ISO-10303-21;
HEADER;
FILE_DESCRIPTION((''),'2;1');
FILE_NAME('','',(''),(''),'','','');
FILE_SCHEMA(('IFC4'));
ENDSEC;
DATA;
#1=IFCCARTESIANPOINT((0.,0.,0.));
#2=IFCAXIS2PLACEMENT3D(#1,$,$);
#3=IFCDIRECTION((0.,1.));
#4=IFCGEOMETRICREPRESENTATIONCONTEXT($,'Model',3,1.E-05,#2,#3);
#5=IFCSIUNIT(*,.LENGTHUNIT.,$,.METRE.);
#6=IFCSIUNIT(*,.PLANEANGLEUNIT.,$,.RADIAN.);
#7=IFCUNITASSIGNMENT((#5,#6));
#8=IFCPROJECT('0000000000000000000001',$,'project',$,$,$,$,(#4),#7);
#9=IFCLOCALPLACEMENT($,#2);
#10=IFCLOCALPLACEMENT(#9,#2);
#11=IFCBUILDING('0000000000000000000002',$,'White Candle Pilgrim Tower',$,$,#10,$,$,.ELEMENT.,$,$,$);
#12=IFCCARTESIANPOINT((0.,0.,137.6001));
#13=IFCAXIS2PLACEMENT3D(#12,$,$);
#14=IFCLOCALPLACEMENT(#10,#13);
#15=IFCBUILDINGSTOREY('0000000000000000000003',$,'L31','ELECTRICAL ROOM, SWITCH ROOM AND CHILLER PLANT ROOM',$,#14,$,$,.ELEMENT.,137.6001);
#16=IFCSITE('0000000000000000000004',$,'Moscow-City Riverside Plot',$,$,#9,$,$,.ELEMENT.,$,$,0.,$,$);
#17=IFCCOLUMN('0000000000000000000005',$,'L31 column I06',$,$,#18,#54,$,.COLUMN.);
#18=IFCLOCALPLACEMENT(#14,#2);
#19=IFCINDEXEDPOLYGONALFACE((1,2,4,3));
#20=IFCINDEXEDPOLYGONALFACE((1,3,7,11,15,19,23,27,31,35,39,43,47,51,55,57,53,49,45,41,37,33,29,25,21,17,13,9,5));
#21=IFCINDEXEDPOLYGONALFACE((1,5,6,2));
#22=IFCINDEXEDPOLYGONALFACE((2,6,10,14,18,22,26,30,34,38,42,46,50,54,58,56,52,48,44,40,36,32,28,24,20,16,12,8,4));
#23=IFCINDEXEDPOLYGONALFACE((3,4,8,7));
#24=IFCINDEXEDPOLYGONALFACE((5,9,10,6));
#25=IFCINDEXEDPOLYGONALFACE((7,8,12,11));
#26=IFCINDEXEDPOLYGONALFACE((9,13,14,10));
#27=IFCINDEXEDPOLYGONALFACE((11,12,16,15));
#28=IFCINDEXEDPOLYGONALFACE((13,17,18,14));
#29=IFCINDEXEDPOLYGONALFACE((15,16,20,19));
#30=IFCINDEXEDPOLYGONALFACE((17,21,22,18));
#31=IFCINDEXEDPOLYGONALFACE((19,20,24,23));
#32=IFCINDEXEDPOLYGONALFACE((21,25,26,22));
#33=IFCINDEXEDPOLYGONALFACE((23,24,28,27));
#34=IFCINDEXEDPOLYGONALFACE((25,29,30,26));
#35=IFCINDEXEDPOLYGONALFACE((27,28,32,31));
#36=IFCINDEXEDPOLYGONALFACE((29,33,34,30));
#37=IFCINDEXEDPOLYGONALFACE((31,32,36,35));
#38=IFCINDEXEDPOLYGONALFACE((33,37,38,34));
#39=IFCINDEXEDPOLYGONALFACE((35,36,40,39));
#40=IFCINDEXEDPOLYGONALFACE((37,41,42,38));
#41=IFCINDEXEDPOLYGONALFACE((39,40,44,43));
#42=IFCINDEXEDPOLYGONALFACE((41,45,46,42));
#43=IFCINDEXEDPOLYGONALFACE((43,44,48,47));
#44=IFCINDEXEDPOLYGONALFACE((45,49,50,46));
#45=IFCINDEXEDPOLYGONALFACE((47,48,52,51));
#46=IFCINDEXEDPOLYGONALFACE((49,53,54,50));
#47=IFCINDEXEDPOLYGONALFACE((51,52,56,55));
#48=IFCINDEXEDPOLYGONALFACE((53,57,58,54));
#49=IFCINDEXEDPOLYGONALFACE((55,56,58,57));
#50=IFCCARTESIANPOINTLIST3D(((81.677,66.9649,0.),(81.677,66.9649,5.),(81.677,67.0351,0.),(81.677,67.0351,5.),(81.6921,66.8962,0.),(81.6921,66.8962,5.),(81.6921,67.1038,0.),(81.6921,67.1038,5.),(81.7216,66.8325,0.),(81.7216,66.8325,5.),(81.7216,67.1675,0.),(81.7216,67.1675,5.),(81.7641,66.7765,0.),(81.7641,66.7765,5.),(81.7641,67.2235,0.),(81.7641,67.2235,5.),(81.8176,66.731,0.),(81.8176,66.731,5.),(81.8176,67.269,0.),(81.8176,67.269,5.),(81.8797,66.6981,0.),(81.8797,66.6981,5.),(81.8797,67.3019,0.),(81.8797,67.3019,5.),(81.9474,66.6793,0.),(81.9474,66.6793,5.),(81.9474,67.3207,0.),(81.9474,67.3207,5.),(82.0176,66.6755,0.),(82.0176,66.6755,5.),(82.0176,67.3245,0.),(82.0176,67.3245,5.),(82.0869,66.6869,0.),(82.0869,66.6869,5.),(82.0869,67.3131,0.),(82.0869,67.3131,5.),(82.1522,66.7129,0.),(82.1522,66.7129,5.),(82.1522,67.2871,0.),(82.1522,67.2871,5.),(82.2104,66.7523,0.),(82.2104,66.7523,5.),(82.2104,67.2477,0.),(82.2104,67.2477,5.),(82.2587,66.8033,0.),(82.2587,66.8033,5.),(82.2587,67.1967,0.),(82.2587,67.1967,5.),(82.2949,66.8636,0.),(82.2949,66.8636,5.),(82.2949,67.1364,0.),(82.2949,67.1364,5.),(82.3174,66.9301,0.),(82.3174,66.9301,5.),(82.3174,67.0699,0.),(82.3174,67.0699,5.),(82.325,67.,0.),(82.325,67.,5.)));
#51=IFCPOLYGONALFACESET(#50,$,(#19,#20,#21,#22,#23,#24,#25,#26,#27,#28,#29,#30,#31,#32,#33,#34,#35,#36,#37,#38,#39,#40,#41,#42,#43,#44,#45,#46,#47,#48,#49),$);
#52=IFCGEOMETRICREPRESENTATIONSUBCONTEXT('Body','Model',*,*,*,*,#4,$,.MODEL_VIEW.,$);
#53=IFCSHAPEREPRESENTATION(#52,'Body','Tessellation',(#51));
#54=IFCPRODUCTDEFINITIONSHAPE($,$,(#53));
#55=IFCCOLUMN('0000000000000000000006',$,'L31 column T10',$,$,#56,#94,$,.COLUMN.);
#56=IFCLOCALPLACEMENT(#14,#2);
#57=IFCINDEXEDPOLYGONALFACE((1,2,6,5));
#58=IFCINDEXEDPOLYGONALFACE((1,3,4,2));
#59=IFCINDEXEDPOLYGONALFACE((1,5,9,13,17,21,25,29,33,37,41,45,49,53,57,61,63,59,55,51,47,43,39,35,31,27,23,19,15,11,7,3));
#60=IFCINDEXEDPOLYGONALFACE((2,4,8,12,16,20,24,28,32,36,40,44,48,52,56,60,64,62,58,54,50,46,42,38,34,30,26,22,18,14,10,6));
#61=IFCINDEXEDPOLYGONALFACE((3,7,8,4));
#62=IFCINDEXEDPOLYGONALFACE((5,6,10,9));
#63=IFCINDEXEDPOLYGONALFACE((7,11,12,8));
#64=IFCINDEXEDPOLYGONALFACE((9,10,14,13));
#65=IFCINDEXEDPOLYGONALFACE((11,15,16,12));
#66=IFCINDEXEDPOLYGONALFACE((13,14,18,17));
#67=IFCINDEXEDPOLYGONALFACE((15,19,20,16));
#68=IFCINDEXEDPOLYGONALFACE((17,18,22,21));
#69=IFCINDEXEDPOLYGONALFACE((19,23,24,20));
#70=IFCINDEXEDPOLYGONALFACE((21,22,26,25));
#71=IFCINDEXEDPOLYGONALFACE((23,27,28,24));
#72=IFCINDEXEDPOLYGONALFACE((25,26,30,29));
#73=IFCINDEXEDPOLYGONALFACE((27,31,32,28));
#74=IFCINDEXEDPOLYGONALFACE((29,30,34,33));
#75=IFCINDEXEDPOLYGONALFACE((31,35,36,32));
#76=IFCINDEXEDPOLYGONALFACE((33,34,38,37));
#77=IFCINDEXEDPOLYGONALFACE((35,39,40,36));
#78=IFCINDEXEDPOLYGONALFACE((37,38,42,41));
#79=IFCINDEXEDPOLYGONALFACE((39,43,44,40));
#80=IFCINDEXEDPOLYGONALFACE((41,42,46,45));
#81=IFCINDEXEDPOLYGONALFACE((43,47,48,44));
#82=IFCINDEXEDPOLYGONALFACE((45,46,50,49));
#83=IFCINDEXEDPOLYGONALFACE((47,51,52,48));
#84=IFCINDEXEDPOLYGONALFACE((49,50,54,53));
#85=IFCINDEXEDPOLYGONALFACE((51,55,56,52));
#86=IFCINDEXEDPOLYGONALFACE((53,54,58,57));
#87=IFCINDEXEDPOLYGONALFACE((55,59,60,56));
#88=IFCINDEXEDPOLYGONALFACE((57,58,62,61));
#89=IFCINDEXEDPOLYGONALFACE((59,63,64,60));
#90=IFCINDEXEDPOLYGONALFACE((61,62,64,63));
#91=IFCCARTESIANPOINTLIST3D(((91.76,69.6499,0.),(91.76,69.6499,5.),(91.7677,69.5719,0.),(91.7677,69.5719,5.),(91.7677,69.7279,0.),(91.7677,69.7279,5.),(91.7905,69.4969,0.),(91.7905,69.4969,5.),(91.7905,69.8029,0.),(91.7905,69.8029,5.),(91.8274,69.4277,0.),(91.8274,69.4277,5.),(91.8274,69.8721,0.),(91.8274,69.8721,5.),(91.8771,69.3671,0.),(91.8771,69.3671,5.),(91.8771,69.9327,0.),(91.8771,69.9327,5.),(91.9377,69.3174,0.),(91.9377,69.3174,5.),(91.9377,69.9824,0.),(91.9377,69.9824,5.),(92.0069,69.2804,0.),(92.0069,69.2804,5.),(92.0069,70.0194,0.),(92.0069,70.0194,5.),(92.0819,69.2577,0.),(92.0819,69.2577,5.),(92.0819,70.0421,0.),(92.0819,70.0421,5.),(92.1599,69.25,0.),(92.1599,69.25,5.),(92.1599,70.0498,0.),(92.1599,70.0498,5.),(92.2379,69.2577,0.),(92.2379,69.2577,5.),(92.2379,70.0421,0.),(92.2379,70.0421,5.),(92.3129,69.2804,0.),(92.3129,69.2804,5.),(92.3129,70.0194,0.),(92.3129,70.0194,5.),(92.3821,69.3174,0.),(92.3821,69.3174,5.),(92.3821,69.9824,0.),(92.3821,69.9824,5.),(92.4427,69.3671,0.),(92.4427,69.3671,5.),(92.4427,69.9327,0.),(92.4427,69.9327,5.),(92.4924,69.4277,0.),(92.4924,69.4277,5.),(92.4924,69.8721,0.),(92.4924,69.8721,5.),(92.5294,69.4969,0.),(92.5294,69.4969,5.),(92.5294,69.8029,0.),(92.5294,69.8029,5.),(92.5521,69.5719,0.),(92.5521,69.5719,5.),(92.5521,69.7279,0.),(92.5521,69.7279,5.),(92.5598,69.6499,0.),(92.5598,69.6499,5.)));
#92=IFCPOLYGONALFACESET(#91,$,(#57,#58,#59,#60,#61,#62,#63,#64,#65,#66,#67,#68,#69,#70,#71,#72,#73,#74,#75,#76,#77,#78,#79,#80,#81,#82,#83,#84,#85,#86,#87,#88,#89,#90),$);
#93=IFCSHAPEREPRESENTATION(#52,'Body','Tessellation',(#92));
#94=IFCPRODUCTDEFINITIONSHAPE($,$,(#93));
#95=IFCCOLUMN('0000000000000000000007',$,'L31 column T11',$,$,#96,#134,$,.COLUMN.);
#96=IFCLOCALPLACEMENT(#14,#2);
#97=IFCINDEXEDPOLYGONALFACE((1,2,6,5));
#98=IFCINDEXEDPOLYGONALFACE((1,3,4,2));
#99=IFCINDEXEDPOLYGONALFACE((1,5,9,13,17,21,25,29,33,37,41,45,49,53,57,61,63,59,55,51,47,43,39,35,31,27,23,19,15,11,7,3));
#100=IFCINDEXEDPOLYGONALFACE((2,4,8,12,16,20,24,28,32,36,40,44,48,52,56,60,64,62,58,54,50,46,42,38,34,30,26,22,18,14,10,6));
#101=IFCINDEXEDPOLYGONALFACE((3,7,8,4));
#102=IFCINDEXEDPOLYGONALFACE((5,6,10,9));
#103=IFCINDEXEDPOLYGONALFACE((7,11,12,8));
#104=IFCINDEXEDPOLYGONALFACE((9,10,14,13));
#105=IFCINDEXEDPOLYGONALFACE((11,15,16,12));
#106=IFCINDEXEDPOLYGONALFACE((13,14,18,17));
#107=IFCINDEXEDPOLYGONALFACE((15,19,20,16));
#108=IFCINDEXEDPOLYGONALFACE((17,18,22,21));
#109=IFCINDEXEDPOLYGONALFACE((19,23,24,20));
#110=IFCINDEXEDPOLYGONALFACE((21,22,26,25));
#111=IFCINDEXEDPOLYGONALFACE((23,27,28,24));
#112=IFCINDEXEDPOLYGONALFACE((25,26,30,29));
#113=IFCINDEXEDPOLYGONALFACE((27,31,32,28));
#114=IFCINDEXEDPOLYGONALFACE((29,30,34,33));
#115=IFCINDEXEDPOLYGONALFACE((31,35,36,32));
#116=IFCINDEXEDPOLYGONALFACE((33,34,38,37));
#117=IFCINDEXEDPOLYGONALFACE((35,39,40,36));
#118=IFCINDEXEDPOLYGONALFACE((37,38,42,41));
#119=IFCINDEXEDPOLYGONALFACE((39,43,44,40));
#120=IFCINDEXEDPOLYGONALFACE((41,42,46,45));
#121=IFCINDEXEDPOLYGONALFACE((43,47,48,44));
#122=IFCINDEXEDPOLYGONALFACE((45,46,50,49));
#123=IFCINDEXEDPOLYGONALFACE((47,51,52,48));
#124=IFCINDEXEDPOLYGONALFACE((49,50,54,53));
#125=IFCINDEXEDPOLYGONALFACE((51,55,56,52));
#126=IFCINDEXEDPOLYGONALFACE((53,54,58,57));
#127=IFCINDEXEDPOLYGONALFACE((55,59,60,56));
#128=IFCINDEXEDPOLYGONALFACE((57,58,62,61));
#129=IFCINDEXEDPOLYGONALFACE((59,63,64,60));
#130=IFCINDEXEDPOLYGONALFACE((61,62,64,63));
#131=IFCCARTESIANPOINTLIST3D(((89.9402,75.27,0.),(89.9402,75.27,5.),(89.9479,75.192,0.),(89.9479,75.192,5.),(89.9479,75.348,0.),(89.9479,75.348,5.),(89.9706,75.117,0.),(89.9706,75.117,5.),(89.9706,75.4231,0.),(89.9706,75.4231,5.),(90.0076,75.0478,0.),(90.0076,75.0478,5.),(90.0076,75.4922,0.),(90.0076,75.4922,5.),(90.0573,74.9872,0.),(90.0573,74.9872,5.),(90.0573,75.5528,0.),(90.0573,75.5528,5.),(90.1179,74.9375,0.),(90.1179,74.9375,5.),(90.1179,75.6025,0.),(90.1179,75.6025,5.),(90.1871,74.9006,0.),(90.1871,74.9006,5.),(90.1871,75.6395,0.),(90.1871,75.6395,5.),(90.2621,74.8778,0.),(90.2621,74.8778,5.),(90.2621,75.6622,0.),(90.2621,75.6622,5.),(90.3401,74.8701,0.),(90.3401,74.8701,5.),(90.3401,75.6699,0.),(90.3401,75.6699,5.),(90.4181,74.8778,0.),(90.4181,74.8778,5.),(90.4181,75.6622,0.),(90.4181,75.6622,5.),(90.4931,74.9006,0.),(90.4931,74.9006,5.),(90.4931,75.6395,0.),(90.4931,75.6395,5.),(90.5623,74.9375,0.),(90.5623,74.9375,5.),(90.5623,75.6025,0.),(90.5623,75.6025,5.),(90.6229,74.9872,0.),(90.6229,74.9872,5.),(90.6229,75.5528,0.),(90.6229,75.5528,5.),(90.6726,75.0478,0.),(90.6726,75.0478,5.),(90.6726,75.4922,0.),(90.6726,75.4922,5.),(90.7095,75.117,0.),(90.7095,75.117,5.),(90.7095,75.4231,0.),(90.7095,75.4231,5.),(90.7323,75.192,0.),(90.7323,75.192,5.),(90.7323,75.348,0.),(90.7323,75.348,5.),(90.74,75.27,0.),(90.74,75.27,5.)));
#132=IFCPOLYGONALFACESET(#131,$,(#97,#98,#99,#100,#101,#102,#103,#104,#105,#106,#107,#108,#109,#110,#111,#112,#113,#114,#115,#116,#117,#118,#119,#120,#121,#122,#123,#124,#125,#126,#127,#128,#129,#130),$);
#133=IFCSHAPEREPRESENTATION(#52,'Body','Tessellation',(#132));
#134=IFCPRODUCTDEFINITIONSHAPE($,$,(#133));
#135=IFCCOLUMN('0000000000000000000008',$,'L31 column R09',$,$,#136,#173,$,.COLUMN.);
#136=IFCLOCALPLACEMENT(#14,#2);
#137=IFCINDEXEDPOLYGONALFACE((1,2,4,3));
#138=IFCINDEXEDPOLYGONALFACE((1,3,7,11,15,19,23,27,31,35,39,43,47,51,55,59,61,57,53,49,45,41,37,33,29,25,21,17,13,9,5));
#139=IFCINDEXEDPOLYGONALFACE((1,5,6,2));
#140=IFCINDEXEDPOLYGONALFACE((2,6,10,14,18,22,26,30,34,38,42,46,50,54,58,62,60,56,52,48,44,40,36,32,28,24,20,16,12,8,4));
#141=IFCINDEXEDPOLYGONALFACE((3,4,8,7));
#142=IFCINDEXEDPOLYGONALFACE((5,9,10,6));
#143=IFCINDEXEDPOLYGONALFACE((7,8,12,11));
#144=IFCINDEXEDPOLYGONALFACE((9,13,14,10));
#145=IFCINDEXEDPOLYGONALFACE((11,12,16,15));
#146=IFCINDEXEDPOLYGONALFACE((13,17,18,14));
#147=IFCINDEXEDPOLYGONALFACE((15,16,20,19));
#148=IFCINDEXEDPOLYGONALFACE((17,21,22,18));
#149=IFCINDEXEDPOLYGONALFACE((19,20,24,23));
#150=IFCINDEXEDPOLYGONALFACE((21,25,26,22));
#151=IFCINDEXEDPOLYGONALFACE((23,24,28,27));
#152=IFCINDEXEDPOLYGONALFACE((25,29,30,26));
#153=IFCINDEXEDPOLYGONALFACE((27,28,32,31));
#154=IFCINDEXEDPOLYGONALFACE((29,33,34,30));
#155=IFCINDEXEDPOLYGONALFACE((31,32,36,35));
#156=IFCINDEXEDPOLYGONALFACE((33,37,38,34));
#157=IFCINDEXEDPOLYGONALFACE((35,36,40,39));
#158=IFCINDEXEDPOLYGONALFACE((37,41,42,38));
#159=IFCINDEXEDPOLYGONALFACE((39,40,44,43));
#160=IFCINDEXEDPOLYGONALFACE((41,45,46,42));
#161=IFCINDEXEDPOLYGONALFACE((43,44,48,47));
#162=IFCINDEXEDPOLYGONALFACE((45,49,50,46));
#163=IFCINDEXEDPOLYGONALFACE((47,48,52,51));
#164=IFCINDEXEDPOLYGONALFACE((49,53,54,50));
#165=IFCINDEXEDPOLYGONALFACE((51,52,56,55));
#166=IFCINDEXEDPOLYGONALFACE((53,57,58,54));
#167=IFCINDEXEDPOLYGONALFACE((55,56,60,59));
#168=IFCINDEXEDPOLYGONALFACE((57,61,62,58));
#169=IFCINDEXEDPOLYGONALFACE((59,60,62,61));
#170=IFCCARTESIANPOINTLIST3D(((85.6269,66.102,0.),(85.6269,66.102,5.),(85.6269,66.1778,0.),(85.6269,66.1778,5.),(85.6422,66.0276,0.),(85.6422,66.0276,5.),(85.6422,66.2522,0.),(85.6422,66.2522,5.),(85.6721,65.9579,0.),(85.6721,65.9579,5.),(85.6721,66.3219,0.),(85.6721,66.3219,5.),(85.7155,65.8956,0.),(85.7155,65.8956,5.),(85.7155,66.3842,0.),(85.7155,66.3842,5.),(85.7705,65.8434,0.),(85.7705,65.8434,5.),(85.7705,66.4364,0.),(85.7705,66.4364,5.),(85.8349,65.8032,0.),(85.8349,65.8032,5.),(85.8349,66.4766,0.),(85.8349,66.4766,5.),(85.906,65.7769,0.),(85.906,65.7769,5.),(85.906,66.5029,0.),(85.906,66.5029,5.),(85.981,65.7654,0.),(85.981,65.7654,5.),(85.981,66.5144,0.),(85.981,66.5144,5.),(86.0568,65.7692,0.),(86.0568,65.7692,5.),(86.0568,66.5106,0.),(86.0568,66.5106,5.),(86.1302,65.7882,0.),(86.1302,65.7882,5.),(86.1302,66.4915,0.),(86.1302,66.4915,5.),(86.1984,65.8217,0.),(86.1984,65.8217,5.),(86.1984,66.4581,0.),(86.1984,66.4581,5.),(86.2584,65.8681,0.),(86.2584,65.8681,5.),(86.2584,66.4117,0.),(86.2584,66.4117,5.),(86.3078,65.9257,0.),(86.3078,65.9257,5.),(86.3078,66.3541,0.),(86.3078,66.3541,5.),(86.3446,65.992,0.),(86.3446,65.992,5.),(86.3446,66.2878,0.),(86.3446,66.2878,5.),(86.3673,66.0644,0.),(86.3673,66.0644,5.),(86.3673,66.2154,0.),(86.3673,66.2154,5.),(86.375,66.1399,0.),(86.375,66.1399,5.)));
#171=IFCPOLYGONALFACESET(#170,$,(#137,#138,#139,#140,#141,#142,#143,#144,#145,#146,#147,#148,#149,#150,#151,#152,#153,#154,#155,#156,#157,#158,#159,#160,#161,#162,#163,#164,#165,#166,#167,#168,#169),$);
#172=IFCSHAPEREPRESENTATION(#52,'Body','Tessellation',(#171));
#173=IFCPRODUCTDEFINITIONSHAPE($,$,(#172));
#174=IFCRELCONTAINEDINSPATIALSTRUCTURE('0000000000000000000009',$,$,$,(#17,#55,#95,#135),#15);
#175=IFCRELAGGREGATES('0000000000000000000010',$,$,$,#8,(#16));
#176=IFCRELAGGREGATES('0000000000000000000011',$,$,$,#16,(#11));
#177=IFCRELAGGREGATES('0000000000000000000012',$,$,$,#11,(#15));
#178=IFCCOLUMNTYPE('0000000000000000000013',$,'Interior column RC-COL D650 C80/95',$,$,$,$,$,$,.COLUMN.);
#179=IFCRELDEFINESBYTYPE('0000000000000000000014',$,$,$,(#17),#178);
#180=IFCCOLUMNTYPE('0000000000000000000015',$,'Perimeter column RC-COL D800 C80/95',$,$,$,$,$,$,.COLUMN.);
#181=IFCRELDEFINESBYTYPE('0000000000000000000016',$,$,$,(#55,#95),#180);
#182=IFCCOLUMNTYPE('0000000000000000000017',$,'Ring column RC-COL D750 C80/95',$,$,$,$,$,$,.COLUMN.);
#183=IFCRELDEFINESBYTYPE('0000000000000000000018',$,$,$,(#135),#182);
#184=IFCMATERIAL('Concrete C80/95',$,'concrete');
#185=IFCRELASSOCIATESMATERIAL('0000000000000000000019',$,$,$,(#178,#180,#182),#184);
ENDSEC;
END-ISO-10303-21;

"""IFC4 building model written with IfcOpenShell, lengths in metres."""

from ifc_helpers import new_model, si_unit, direction, frame, origin, origin_2d, place, context, subcontext, project, spatial, circle, extrude, material, material_profile, profile_set, type_object, element, save


model = new_model("IFC4")

# Units and contexts
model_context = context("Model", 3, precision=1e-05, world=origin(), true_north=direction((0.0, 1.0)))
body_context = subcontext(model_context, "Body", "Model", "MODEL_VIEW")
ifc_project = project(units=[si_unit("LENGTHUNIT", "METRE"), si_unit("PLANEANGLEUNIT", "RADIAN")], contexts=[model_context])

# Site, building, storey
site_placement = place(None, origin())
site = spatial("IfcSite", under=ifc_project, at=site_placement, Name="Moscow-City Riverside Plot", CompositionType="ELEMENT", RefElevation=0.0)
building_placement = place(site_placement, origin())
building = spatial("IfcBuilding", under=site, at=building_placement, Name="White Candle Pilgrim Tower", CompositionType="ELEMENT")
storey_placement = place(building_placement, frame((0.0, 0.0, 137.6001)))
storey = spatial("IfcBuildingStorey", under=building, at=storey_placement, Name="L31", Description="ELECTRICAL ROOM, SWITCH ROOM AND CHILLER PLANT ROOM", CompositionType="ELEMENT", Elevation=137.6001)

# Columns
ifc_material_1 = material(Name="Concrete C80/95", Category="concrete")
ifc_material_profile_1 = material_profile(ifc_material_1, circle(Radius=0.325, at=origin_2d()), Name="RC-COL D650")
ifc_profile_set_1 = profile_set([ifc_material_profile_1], Name="Concrete C80/95")
column_type_1 = type_object("IfcColumnType", Name="Interior column RC-COL D650 C80/95", PredefinedType="COLUMN", material=ifc_profile_set_1)
column_placement = place(storey_placement, frame((82.0, 67.0, 0.0), z_axis=(0.0, 0.0, 1.0), x_axis=(1.0, 0.0, 0.0)))
element("IfcColumn", 1, at=column_placement, inside=storey, type_object=column_type_1, Name="L31 column I06", PredefinedType="COLUMN", context=body_context, shape_type="SweptSolid", body=[
    extrude(circle(Radius=0.325, at=origin_2d()), origin(), (0.0, 0.0, 1.0), 5.0),
])
ifc_material_profile_2 = material_profile(ifc_material_1, circle(Radius=0.3999, at=origin_2d()), Name="RC-COL D800")
ifc_profile_set_2 = profile_set([ifc_material_profile_2], Name="Concrete C80/95")
column_type_2 = type_object("IfcColumnType", Name="Perimeter column RC-COL D800 C80/95", PredefinedType="COLUMN", material=ifc_profile_set_2)
for number, where, z_axis, x_axis, name in (
    (2, (92.1599, 69.6499, 0.0), (0.0, 0.0, 1.0), (1.0, 0.0, 0.0), "L31 column T10"),
    (3, (90.3401, 75.27, 0.0), (0.0, 0.0, 1.0), (1.0, 0.0, 0.0), "L31 column T11"),
):
    element("IfcColumn", number, at=place(storey_placement, frame(where, z_axis=z_axis, x_axis=x_axis)), inside=storey, type_object=column_type_2, Name=name, PredefinedType="COLUMN", context=body_context, shape_type="SweptSolid", body=[
        extrude(circle(Radius=0.3999, at=origin_2d()), origin(), (0.0, 0.0, 1.0), 5.0),
    ])
ifc_material_profile_3 = material_profile(ifc_material_1, circle(Radius=0.375, at=origin_2d()), Name="RC-COL D750")
ifc_profile_set_3 = profile_set([ifc_material_profile_3], Name="Concrete C80/95")
column_type_3 = type_object("IfcColumnType", Name="Ring column RC-COL D750 C80/95", PredefinedType="COLUMN", material=ifc_profile_set_3)
for number, where, z_axis, x_axis, name in (
    (4, (86.0, 66.1399, 0.0), (0.0, 0.0, 1.0), (1.0, 0.0, 0.0), "L31 column R09"),
):
    element("IfcColumn", number, at=place(storey_placement, frame(where, z_axis=z_axis, x_axis=x_axis)), inside=storey, type_object=column_type_3, Name=name, PredefinedType="COLUMN", context=body_context, shape_type="SweptSolid", body=[
        extrude(circle(Radius=0.375, at=origin_2d()), origin(), (0.0, 0.0, 1.0), 5.0),
    ])

save(model, "model.ifc")
